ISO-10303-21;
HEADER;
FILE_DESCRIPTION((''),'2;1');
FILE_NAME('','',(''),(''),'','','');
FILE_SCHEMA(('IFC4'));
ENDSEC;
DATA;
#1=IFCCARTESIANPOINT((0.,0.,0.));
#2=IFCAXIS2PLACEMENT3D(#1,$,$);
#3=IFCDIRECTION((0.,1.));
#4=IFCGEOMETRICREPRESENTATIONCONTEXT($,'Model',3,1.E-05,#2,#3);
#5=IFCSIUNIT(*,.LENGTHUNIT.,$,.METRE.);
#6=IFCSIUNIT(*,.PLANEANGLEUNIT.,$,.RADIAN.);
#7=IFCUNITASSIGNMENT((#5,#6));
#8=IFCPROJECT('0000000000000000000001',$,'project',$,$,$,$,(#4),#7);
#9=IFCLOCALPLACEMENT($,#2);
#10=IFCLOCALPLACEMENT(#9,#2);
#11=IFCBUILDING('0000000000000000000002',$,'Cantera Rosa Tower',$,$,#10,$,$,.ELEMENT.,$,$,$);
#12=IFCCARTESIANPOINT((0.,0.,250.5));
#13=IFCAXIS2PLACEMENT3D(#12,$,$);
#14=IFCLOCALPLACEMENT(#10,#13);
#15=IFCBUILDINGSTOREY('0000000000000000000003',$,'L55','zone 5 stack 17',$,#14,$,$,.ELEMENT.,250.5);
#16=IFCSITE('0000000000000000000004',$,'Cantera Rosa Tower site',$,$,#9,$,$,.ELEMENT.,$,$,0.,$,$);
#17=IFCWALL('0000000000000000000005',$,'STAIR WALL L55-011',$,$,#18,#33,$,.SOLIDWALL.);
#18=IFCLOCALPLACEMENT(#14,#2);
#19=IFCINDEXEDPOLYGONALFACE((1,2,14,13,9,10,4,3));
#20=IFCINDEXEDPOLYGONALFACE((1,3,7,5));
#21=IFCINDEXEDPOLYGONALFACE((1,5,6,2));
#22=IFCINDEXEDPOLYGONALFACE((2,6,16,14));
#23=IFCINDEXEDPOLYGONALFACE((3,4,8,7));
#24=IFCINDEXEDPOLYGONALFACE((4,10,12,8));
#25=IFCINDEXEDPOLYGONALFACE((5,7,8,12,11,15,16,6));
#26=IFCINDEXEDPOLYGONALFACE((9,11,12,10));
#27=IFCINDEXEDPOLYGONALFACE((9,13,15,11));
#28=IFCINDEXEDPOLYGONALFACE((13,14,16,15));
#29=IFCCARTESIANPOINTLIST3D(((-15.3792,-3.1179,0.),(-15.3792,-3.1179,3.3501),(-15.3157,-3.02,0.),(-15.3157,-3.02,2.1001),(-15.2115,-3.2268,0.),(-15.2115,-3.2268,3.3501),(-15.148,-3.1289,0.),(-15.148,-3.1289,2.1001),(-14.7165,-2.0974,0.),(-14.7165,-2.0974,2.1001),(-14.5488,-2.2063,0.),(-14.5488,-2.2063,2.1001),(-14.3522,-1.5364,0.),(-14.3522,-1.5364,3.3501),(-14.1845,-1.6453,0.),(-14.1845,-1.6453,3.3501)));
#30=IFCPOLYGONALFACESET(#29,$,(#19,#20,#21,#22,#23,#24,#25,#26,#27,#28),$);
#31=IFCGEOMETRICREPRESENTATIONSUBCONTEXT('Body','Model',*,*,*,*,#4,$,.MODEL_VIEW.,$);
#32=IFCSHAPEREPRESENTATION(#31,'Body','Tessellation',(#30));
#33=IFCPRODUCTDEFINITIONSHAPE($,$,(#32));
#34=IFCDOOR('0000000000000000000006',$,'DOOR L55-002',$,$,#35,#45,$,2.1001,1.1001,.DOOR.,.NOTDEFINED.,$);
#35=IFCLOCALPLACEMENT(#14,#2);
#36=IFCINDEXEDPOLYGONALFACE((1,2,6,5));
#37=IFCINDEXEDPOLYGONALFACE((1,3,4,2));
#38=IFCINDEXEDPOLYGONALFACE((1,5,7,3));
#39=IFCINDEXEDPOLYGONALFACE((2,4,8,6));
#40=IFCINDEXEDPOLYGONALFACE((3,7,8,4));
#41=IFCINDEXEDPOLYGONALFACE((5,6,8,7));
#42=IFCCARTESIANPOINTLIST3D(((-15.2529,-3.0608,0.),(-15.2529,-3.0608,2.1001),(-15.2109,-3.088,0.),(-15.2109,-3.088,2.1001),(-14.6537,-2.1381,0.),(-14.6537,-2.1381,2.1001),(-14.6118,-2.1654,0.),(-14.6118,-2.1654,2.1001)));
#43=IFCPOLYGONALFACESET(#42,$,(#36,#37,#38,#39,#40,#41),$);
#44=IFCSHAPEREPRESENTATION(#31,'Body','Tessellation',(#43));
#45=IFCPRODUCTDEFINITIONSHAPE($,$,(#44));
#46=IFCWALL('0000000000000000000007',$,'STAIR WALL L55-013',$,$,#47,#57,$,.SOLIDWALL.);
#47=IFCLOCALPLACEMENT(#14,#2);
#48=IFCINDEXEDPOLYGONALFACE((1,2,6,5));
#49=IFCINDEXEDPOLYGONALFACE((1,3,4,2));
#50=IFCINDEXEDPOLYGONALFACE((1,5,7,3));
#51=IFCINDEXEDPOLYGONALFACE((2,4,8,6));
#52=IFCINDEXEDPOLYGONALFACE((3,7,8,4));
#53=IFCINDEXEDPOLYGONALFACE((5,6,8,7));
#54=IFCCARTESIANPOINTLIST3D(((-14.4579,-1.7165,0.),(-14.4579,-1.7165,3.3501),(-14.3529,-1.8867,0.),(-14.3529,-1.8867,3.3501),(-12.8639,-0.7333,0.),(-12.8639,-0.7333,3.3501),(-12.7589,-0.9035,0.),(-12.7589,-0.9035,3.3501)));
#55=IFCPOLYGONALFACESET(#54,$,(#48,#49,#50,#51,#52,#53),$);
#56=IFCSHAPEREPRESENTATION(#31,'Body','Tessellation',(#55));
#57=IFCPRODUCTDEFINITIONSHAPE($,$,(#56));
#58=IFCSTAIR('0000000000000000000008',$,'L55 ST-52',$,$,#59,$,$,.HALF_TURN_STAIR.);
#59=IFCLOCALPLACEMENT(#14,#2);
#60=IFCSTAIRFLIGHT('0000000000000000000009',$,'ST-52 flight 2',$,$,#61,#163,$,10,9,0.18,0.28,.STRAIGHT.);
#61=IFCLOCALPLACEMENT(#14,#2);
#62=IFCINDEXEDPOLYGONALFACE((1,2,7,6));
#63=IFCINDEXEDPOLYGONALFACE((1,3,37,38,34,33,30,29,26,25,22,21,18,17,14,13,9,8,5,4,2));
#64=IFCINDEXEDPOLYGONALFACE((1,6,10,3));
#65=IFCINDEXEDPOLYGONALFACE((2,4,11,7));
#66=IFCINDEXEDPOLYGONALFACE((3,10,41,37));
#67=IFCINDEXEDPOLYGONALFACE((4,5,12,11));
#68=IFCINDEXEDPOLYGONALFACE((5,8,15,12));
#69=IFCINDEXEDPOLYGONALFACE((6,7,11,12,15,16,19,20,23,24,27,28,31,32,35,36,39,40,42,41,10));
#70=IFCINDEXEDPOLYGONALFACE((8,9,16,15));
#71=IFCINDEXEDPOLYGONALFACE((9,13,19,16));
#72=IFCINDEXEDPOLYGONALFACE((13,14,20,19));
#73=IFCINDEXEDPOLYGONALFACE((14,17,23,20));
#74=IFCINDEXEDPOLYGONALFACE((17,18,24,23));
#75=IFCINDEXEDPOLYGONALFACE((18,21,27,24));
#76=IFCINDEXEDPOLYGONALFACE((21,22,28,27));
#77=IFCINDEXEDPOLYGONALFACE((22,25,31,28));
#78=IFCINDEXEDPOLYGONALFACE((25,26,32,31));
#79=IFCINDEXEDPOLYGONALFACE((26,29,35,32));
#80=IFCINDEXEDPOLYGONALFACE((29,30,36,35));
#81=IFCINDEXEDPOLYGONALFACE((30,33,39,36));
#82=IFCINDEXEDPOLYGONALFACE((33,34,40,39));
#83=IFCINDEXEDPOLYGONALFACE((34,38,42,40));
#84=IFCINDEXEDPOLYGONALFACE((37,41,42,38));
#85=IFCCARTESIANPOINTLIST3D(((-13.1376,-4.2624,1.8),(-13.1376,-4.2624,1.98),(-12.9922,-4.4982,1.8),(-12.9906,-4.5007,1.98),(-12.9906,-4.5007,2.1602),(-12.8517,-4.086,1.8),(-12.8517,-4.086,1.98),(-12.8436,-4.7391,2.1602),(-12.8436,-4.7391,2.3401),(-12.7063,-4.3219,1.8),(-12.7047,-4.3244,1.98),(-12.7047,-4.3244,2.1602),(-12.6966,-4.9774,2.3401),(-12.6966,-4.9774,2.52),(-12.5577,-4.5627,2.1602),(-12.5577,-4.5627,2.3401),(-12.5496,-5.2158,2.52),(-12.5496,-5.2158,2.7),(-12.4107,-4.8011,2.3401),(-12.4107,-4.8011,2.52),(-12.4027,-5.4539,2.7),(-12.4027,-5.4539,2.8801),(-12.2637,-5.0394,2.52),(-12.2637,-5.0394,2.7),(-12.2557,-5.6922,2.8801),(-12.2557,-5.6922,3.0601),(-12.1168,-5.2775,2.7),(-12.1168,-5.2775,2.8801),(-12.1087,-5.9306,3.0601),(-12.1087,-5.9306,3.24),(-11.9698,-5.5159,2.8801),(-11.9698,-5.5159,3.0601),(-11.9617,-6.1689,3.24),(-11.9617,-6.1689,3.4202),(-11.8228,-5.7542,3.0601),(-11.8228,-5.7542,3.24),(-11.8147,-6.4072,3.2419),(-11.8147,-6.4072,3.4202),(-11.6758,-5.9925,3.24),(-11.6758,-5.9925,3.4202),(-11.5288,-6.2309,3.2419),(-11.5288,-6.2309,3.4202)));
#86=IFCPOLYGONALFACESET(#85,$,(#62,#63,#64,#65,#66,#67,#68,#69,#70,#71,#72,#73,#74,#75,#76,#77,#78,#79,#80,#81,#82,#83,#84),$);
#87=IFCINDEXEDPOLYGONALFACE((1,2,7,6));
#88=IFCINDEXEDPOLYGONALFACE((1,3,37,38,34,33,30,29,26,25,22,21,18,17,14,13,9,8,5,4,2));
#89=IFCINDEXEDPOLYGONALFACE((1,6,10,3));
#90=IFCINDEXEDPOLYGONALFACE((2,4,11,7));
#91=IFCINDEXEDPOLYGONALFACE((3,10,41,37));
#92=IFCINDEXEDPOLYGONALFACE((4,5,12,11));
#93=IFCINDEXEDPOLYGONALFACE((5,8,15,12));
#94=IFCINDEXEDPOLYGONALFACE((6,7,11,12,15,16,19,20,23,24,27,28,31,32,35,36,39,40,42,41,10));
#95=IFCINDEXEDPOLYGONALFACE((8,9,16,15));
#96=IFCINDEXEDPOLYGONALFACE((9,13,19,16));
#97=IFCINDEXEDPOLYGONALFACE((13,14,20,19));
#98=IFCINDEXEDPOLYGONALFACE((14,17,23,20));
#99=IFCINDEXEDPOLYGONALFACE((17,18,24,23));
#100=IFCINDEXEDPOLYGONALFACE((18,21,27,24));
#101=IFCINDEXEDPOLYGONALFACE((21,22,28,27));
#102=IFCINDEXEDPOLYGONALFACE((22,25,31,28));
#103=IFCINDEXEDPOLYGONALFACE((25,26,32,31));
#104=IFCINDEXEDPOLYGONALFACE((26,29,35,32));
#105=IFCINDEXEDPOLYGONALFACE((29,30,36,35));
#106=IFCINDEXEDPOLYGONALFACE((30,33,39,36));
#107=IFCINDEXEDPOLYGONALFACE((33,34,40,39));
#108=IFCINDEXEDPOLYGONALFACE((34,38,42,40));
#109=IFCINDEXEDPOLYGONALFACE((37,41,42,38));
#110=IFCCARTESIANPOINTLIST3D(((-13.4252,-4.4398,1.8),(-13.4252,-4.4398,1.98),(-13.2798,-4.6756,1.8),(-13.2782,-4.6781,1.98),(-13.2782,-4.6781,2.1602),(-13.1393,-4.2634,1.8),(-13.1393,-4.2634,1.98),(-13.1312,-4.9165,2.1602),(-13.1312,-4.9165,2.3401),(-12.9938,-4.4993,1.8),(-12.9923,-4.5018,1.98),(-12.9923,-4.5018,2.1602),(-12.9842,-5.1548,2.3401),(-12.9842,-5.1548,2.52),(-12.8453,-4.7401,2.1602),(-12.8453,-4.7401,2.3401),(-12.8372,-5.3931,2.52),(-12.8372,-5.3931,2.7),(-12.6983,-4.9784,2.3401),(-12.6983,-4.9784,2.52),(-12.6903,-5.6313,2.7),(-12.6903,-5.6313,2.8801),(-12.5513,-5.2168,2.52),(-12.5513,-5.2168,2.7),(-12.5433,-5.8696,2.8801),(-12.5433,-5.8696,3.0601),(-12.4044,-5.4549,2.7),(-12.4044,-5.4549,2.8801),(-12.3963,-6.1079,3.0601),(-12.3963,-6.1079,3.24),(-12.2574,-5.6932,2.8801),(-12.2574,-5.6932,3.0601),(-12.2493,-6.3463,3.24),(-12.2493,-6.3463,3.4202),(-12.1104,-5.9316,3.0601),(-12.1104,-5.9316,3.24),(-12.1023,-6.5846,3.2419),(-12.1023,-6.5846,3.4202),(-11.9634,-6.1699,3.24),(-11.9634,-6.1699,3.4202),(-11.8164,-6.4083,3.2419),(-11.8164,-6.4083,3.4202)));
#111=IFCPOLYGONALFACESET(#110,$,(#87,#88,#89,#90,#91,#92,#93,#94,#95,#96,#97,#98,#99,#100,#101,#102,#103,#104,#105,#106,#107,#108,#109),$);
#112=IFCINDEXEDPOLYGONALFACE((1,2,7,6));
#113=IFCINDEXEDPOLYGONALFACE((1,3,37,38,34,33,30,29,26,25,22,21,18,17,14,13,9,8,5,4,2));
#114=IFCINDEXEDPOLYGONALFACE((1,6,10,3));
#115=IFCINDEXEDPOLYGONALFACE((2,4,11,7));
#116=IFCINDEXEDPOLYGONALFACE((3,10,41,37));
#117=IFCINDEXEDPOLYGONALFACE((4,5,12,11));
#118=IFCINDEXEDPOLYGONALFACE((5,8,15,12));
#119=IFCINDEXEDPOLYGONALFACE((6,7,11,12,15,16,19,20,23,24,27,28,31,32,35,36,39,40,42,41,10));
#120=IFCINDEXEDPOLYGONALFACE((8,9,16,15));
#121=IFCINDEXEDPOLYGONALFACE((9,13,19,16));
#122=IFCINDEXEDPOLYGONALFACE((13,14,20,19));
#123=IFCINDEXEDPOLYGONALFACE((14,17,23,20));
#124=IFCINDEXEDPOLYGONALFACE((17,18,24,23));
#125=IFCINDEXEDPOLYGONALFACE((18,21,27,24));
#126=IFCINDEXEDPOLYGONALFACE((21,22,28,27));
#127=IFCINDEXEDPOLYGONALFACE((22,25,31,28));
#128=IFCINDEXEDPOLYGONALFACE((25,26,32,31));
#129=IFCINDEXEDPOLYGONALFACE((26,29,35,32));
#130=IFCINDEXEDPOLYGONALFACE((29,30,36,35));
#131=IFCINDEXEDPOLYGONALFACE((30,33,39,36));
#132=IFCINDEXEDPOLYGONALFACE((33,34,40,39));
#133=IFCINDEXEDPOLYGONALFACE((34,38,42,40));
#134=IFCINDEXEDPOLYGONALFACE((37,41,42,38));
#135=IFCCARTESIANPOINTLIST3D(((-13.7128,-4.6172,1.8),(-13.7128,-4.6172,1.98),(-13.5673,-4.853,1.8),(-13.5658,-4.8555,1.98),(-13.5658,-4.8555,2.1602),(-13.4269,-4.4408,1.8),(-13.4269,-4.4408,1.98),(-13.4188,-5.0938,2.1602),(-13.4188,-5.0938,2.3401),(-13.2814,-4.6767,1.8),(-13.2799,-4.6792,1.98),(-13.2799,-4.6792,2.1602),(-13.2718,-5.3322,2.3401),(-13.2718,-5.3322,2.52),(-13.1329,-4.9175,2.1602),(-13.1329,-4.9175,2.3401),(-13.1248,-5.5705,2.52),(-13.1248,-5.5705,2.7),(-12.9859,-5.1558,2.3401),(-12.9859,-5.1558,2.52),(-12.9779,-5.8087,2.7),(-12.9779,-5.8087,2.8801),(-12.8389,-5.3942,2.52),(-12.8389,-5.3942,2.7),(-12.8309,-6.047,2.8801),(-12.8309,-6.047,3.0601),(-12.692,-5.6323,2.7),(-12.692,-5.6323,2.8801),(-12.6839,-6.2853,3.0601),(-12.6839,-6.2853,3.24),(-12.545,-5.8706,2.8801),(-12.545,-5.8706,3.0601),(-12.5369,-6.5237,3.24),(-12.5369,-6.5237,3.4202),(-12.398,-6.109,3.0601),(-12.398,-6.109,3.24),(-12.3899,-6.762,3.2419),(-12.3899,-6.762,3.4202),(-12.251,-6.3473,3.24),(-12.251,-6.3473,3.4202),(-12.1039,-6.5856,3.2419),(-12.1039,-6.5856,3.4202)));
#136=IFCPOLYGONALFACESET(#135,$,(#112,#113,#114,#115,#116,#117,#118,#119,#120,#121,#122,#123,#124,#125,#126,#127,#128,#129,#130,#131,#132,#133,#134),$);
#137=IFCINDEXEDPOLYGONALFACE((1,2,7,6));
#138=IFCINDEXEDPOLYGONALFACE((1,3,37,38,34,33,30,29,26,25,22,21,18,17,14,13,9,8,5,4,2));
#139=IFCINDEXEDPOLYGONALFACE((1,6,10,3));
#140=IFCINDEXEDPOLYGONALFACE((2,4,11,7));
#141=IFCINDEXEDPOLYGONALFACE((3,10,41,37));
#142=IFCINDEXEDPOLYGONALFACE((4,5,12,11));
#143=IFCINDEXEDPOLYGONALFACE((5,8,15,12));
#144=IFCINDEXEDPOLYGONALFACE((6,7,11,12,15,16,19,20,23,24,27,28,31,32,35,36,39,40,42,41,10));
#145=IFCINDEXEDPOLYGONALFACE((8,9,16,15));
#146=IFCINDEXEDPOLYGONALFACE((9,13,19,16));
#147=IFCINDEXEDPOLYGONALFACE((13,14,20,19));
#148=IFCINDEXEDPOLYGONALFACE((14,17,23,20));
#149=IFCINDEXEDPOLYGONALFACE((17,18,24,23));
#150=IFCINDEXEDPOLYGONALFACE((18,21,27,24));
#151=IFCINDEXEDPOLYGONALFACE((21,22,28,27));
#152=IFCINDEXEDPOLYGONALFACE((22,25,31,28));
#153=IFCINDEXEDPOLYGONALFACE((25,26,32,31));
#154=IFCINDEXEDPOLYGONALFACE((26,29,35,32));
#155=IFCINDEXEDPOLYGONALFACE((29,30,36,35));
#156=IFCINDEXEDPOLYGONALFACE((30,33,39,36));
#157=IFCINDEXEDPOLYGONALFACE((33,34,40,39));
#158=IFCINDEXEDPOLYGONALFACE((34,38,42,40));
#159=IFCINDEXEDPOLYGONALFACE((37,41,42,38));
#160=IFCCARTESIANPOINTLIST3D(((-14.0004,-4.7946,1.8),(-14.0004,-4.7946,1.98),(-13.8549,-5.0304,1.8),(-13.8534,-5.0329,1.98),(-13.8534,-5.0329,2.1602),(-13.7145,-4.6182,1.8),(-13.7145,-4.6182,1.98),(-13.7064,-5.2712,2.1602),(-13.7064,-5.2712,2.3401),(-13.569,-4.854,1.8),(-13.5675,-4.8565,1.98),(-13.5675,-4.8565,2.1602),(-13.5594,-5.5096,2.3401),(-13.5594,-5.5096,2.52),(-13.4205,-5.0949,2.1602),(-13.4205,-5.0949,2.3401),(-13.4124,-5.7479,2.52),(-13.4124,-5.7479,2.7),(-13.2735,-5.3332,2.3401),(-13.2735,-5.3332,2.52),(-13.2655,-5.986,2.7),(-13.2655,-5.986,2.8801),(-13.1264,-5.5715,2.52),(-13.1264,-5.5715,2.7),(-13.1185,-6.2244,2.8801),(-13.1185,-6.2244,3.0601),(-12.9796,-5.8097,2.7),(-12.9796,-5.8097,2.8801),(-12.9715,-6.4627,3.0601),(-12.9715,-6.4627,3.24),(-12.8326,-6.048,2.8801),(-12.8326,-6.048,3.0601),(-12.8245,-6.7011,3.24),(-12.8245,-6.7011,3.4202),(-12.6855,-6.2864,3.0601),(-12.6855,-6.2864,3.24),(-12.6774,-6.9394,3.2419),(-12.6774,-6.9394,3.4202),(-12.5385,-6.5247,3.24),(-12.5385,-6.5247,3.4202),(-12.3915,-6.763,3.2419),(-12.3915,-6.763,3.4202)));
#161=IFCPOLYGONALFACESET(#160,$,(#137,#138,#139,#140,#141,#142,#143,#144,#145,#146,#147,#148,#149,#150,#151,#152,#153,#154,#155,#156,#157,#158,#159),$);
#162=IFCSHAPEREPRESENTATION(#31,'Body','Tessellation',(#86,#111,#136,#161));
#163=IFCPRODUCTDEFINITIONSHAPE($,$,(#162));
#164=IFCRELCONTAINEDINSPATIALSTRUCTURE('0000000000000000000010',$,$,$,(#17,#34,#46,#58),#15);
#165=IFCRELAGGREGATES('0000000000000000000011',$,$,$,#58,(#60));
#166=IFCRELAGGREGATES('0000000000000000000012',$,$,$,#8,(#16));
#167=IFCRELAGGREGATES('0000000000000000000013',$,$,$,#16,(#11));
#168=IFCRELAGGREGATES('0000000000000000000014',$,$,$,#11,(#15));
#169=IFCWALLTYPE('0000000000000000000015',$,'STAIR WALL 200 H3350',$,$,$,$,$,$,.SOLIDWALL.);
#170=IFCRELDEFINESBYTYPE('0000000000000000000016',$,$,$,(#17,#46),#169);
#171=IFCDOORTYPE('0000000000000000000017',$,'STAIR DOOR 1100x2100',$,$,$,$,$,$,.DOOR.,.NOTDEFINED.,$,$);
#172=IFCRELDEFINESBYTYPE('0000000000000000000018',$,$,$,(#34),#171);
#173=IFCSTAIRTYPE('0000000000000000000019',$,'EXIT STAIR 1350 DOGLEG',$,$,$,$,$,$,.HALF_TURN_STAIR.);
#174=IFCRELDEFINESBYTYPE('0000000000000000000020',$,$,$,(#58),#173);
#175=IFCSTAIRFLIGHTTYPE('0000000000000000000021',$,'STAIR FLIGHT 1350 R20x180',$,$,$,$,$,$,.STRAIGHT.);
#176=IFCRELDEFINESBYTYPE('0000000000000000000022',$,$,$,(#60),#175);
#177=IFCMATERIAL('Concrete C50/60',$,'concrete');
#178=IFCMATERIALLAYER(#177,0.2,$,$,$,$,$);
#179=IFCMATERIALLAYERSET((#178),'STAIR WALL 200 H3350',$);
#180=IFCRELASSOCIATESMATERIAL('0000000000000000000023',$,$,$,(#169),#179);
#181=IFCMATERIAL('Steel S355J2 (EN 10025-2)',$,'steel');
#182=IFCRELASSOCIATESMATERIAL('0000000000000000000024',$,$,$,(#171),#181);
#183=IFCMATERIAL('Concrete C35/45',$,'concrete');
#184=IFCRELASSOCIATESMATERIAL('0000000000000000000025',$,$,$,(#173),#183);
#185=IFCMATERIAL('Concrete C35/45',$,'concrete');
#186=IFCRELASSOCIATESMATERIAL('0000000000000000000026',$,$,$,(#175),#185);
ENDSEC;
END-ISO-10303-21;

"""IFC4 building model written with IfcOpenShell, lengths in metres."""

from ifc_helpers import new_model, si_unit, direction, frame, frame_2d, origin, place, context, subcontext, project, spatial, polyline, rectangle, outline, extrude, material, layer, layer_set, type_object, element, fill, aggregate, save


model = new_model("IFC4")

# Units and contexts
model_context = context("Model", 3, precision=1e-05, world=origin(), true_north=direction((0.0, 1.0)))
body_context = subcontext(model_context, "Body", "Model", "MODEL_VIEW")
ifc_project = project(units=[si_unit("LENGTHUNIT", "METRE"), si_unit("PLANEANGLEUNIT", "RADIAN")], contexts=[model_context])

# Site, building, storey
site_placement = place(None, origin())
site = spatial("IfcSite", under=ifc_project, at=site_placement, Name="Cantera Rosa Tower site", CompositionType="ELEMENT", RefElevation=0.0)
building_placement = place(site_placement, origin())
building = spatial("IfcBuilding", under=site, at=building_placement, Name="Cantera Rosa Tower", CompositionType="ELEMENT")
storey_placement = place(building_placement, frame((0.0, 0.0, 250.5)))
storey = spatial("IfcBuildingStorey", under=building, at=storey_placement, Name="L55", Description="zone 5 stack 17", CompositionType="ELEMENT", Elevation=250.5)

# Shared definitions
ifc_material_1 = material(Name="Concrete C50/60", Category="concrete")
ifc_layer_1 = layer(ifc_material_1, 0.2)
ifc_layer_set_1 = layer_set([ifc_layer_1], Name="STAIR WALL 200 H3350")
wall_type_1 = type_object("IfcWallType", Name="STAIR WALL 200 H3350", PredefinedType="SOLIDWALL", material=ifc_layer_set_1)

# Wall, opening, door
wall_1_placement = place(storey_placement, frame((-14.2683, -1.5908, 0.0), z_axis=(0.0, 0.0, 1.0), x_axis=(-0.544652, -0.838662, 0.0)))
wall_1 = element("IfcWall", 1, at=wall_1_placement, inside=storey, type_object=wall_type_1, Name="STAIR WALL L55-011", PredefinedType="SOLIDWALL", context=body_context, shape_type="SweptSolid", body=[
    extrude(rectangle(XDim=1.8857, YDim=0.2, at=frame_2d((0.9429, 0.0))), origin(), (0.0, 0.0, 1.0), 3.3501),
])
opening_placement = place(wall_1_placement, frame((0.6689, 0.0, 0.0)))
opening = element("IfcOpeningElement", 2, at=opening_placement, cuts=wall_1, PredefinedType="OPENING", context=body_context, shape_type="SweptSolid", body=[
    extrude(rectangle(XDim=1.1001, YDim=2.1001, at=frame_2d((0.55, 1.05))), frame((0.0, 0.1099, 0.0), z_axis=(0.0, -1.0, 0.0), x_axis=(1.0, 0.0, 0.0)), (0.0, 0.0, 1.0), 0.22),
])
ifc_material_2 = material(Name="Steel S355J2 (EN 10025-2)", Category="steel")
door_type = type_object("IfcDoorType", Name="STAIR DOOR 1100x2100", OperationType="NOTDEFINED", PredefinedType="DOOR", material=ifc_material_2)
door_placement = place(opening_placement, origin())
door = element("IfcDoor", 3, at=door_placement, inside=storey, type_object=door_type, Name="DOOR L55-002", OperationType="NOTDEFINED", OverallHeight=2.1001, OverallWidth=1.1001, PredefinedType="DOOR", context=body_context, shape_type="SweptSolid", body=[
    extrude(rectangle(XDim=1.1001, YDim=2.1001, at=frame_2d((0.55, 1.05))), frame((0.0, 0.0249, 0.0), z_axis=(0.0, -1.0, 0.0), x_axis=(1.0, 0.0, 0.0)), (0.0, 0.0, 1.0), 0.05),
])
fill(opening, door)

# Wall
wall_2_placement = place(storey_placement, frame((-12.8113, -0.8184, 0.0), z_axis=(0.0, 0.0, 1.0), x_axis=(-0.851125, -0.524963, 0.0)))
element("IfcWall", 4, at=wall_2_placement, inside=storey, type_object=wall_type_1, Name="STAIR WALL L55-013", PredefinedType="SOLIDWALL", context=body_context, shape_type="SweptSolid", body=[
    extrude(rectangle(XDim=1.8728, YDim=0.2, at=frame_2d((0.9365, 0.0))), origin(), (0.0, 0.0, 1.0), 3.3501),
])

# Stair, stair flight
ifc_material_3 = material(Name="Concrete C35/45", Category="concrete")
stair_type = type_object("IfcStairType", Name="EXIT STAIR 1350 DOGLEG", PredefinedType="HALF_TURN_STAIR", material=ifc_material_3)
stair_placement = place(storey_placement, origin())
stair = element("IfcStair", 5, at=stair_placement, inside=storey, type_object=stair_type, Name="L55 ST-52", PredefinedType="HALF_TURN_STAIR")
ifc_material_4 = material(Name="Concrete C35/45", Category="concrete")
stair_flight_type = type_object("IfcStairFlightType", Name="STAIR FLIGHT 1350 R20x180", PredefinedType="STRAIGHT", material=ifc_material_4)
stair_flight_placement = place(storey_placement, frame((-13.4263, -4.4404, 1.8), z_axis=(0.0, 0.0, 1.0), x_axis=(0.524977, -0.851117, 0.0)))
stair_flight = element("IfcStairFlight", 6, at=stair_flight_placement, type_object=stair_flight_type, Name="ST-52 flight 2", NumberOfRisers=10, NumberOfTreads=9, PredefinedType="STRAIGHT", RiserHeight=0.18, TreadLength=0.28, context=body_context, shape_type="SweptSolid", body=[
    extrude(outline(polyline([(0.0, 0.0), (0.0, 0.1799), (0.28, 0.1799), (0.28, 0.3601), (0.5601, 0.3601), (0.5601, 0.54), (0.8401, 0.54), (0.8401, 0.72), (1.1201, 0.72), (1.1201, 0.8999), (1.3999, 0.8999), (1.3999, 1.0801), (1.6799, 1.0801), (1.6799, 1.26), (1.96, 1.26), (1.96, 1.4399), (2.24, 1.4399), (2.24, 1.6201), (2.52, 1.6201), (2.52, 1.8), (2.52, 1.4419), (0.2771, 0.0), (0.0, 0.0)])), frame((0.0, 0.675, 0.0), z_axis=(0.0, -1.0, 0.0), x_axis=(1.0, 0.0, 0.0)), (0.0, 0.0, 1.0), 0.3359),
    extrude(outline(polyline([(0.0, 0.0), (0.0, 0.1799), (0.28, 0.1799), (0.28, 0.3601), (0.5601, 0.3601), (0.5601, 0.54), (0.8401, 0.54), (0.8401, 0.72), (1.1201, 0.72), (1.1201, 0.8999), (1.3999, 0.8999), (1.3999, 1.0801), (1.6799, 1.0801), (1.6799, 1.26), (1.96, 1.26), (1.96, 1.4399), (2.24, 1.4399), (2.24, 1.6201), (2.52, 1.6201), (2.52, 1.8), (2.52, 1.4419), (0.2771, 0.0), (0.0, 0.0)])), frame((0.0, 0.3372, 0.0), z_axis=(0.0, -1.0, 0.0), x_axis=(1.0, 0.0, 0.0)), (0.0, 0.0, 1.0), 0.3359),
    extrude(outline(polyline([(0.0, 0.0), (0.0, 0.1799), (0.28, 0.1799), (0.28, 0.3601), (0.5601, 0.3601), (0.5601, 0.54), (0.8401, 0.54), (0.8401, 0.72), (1.1201, 0.72), (1.1201, 0.8999), (1.3999, 0.8999), (1.3999, 1.0801), (1.6799, 1.0801), (1.6799, 1.26), (1.96, 1.26), (1.96, 1.4399), (2.24, 1.4399), (2.24, 1.6201), (2.52, 1.6201), (2.52, 1.8), (2.52, 1.4419), (0.2771, 0.0), (0.0, 0.0)])), frame((0.0, -0.0007, 0.0), z_axis=(0.0, -1.0, 0.0), x_axis=(1.0, 0.0, 0.0)), (0.0, 0.0, 1.0), 0.3359),
    extrude(outline(polyline([(0.0, 0.0), (0.0, 0.1799), (0.28, 0.1799), (0.28, 0.3601), (0.5601, 0.3601), (0.5601, 0.54), (0.8401, 0.54), (0.8401, 0.72), (1.1201, 0.72), (1.1201, 0.8999), (1.3999, 0.8999), (1.3999, 1.0801), (1.6799, 1.0801), (1.6799, 1.26), (1.96, 1.26), (1.96, 1.4399), (2.24, 1.4399), (2.24, 1.6201), (2.52, 1.6201), (2.52, 1.8), (2.52, 1.4419), (0.2771, 0.0), (0.0, 0.0)])), frame((0.0, -0.3386, 0.0), z_axis=(0.0, -1.0, 0.0), x_axis=(1.0, 0.0, 0.0)), (0.0, 0.0, 1.0), 0.3359),
])
aggregate(stair, [stair_flight])

save(model, "model.ifc")
